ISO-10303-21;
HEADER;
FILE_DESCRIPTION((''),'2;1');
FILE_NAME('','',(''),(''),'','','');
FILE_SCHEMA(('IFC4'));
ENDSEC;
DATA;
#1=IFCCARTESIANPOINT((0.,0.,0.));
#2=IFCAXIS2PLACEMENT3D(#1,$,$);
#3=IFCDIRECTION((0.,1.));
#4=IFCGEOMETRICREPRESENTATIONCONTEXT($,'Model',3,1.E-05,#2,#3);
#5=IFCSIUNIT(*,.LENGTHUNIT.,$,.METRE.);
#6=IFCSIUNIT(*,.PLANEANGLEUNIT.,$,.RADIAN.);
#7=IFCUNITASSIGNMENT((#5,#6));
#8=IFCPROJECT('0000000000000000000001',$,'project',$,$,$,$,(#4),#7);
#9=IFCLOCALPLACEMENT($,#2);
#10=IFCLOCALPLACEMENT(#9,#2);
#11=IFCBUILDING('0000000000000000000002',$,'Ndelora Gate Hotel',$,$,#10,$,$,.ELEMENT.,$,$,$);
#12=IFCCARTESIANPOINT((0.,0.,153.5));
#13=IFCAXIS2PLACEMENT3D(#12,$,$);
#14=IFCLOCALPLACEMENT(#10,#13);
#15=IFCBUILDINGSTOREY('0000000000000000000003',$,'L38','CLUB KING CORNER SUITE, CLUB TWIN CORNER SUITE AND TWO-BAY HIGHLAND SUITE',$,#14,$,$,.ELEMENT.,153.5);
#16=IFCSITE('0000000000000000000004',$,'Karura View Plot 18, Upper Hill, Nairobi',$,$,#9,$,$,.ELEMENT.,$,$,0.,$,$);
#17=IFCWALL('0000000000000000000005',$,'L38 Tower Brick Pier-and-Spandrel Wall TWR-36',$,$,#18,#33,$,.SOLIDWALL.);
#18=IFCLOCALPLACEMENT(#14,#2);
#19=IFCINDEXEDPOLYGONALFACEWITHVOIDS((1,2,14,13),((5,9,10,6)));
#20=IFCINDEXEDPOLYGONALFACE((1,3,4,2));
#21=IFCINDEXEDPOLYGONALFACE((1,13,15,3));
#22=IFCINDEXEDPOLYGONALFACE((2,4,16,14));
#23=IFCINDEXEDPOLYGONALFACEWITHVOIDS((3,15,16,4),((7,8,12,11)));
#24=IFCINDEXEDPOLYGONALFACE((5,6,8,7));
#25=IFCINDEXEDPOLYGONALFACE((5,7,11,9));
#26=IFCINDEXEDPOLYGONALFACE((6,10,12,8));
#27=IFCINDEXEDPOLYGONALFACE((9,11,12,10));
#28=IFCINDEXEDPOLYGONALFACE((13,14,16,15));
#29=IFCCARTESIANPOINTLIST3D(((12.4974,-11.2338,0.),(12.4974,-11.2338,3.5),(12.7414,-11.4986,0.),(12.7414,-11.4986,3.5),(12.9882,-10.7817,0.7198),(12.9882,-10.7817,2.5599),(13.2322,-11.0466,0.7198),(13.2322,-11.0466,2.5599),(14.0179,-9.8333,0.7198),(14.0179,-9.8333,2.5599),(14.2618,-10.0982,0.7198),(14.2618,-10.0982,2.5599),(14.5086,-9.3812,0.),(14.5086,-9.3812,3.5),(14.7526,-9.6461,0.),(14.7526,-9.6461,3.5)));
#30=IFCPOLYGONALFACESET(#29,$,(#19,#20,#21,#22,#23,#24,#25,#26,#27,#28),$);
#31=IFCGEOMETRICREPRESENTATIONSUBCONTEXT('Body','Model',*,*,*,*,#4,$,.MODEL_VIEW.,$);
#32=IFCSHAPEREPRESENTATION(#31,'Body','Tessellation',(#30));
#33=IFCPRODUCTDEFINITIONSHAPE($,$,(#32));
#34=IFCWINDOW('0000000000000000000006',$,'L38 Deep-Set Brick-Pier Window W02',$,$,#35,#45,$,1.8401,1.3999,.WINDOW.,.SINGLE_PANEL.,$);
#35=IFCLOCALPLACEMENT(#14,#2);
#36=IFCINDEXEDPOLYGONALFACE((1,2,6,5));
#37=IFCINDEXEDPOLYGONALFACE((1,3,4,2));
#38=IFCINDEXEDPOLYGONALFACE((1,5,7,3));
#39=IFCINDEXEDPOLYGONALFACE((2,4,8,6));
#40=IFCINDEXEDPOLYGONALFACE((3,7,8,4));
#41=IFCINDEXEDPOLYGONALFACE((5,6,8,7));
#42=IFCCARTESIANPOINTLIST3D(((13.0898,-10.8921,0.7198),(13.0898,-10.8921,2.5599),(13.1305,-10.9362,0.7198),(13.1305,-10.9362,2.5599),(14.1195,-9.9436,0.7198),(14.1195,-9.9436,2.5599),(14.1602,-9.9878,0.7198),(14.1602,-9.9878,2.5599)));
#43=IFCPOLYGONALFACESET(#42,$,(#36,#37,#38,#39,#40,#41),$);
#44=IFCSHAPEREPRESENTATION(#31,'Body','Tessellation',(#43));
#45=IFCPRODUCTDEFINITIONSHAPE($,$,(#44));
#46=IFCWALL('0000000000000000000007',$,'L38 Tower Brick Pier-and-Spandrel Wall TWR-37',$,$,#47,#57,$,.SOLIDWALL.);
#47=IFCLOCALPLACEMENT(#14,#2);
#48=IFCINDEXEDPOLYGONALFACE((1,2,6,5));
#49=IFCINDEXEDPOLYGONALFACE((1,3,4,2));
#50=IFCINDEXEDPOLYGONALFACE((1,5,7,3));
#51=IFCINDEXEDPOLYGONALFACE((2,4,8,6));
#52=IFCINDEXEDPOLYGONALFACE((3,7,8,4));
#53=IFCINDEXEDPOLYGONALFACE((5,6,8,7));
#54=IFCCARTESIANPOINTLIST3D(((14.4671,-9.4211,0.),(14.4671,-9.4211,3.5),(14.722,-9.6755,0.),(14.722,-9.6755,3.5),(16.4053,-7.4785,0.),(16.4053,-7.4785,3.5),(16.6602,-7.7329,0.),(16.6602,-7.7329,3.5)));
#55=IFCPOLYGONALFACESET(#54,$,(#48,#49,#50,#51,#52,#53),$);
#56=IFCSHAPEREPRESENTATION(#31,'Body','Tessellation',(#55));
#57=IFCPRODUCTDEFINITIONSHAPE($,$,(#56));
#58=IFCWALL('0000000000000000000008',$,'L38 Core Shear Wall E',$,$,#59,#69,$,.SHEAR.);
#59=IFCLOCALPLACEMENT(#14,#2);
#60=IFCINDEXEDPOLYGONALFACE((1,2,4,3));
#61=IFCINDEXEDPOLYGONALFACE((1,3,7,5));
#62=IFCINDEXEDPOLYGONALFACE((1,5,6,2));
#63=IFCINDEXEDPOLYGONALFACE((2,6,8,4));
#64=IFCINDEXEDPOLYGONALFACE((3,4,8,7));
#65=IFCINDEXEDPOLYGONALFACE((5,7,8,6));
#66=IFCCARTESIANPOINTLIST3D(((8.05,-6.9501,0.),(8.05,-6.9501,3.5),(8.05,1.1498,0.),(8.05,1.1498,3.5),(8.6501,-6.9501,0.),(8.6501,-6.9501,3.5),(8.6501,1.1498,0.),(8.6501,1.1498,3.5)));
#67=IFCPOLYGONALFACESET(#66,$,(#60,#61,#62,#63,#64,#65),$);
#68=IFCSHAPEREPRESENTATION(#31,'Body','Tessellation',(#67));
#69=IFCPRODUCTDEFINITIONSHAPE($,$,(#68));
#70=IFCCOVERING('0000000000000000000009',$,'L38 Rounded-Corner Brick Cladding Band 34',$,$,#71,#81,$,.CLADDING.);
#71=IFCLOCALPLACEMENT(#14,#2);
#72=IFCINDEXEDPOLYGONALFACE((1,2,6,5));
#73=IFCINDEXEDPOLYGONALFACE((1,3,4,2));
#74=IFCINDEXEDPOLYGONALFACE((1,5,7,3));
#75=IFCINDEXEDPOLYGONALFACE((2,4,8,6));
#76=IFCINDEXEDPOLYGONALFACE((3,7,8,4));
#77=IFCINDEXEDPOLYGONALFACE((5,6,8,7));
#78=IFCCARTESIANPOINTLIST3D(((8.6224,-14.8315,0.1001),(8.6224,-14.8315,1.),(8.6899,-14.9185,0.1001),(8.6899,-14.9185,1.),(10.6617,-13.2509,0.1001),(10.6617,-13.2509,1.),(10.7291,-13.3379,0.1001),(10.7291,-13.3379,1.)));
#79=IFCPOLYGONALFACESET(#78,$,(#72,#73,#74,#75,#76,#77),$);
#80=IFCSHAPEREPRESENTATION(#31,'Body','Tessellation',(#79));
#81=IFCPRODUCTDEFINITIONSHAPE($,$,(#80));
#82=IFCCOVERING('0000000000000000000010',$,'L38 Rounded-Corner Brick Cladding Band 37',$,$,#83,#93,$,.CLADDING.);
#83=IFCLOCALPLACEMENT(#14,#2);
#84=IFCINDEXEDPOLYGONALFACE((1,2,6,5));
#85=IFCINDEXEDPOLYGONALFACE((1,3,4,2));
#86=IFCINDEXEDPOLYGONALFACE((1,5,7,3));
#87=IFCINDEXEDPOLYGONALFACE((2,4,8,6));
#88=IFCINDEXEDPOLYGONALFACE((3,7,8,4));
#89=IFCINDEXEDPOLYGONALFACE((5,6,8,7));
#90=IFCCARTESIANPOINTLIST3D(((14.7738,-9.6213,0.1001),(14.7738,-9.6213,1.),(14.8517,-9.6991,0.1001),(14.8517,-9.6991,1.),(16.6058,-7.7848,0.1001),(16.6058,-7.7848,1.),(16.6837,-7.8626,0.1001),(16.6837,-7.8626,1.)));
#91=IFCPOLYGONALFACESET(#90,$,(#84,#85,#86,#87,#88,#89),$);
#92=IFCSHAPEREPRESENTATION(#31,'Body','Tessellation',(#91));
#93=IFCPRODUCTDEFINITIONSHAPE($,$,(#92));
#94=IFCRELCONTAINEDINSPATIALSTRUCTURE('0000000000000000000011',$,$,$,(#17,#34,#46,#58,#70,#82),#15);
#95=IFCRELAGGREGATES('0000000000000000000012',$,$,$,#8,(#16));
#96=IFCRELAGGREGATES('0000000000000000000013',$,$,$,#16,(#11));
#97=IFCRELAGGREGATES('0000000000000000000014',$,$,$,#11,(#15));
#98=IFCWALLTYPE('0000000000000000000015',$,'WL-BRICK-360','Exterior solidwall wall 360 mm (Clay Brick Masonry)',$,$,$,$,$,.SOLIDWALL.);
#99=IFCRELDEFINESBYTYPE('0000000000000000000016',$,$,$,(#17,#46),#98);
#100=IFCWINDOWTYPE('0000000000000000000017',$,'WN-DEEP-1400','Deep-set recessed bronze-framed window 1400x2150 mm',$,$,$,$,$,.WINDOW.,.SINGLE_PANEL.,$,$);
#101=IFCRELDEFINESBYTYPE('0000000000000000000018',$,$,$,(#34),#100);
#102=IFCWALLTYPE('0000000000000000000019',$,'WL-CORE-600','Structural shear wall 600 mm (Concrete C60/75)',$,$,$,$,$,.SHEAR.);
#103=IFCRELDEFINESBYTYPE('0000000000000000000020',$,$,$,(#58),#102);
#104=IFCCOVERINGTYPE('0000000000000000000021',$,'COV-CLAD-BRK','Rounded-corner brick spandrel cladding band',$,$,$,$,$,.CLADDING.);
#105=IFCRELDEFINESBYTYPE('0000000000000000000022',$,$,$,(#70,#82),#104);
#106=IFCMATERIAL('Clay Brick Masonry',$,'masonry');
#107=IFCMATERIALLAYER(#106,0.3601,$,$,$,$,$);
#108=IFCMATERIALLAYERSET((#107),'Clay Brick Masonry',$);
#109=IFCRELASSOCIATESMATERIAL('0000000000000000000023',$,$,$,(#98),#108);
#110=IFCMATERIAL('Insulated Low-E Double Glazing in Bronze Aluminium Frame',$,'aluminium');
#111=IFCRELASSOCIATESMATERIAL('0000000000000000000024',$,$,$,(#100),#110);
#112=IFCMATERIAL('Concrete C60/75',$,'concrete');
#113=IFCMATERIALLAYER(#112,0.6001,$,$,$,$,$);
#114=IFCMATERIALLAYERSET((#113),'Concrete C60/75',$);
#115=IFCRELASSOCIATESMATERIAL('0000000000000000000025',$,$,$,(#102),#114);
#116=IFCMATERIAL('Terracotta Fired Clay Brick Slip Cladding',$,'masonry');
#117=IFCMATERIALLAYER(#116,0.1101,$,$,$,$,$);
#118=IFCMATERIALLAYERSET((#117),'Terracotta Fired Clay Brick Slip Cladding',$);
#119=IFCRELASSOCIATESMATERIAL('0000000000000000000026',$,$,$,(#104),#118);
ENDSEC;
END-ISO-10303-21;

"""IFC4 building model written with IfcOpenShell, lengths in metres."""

from ifc_helpers import new_model, si_unit, direction, frame, frame_2d, origin, origin_2d, place, context, subcontext, project, spatial, rectangle, extrude, material, layer, layer_set, type_object, element, fill, save


model = new_model("IFC4")

# Units and contexts
model_context = context("Model", 3, precision=1e-05, world=origin(), true_north=direction((0.0, 1.0)))
body_context = subcontext(model_context, "Body", "Model", "MODEL_VIEW")
ifc_project = project(units=[si_unit("LENGTHUNIT", "METRE"), si_unit("PLANEANGLEUNIT", "RADIAN")], contexts=[model_context])

# Site, building, storey
site_placement = place(None, origin())
site = spatial("IfcSite", under=ifc_project, at=site_placement, Name="Karura View Plot 18, Upper Hill, Nairobi", CompositionType="ELEMENT", RefElevation=0.0)
building_placement = place(site_placement, origin())
building = spatial("IfcBuilding", under=site, at=building_placement, Name="Ndelora Gate Hotel", CompositionType="ELEMENT")
storey_placement = place(building_placement, frame((0.0, 0.0, 153.5)))
storey = spatial("IfcBuildingStorey", under=building, at=storey_placement, Name="L38", Description="CLUB KING CORNER SUITE, CLUB TWIN CORNER SUITE AND TWO-BAY HIGHLAND SUITE", CompositionType="ELEMENT", Elevation=153.5)

# Shared definitions
ifc_material_1 = material(Name="Concrete C60/75", Category="concrete")

# Shared definitions
ifc_material_2 = material(Name="Clay Brick Masonry", Category="masonry")
ifc_layer_1 = layer(ifc_material_2, 0.3601)
ifc_layer_set_1 = layer_set([ifc_layer_1], Name="Clay Brick Masonry")
wall_type_1 = type_object("IfcWallType", Name="WL-BRICK-360", Description="Exterior solidwall wall 360 mm (Clay Brick Masonry)", PredefinedType="SOLIDWALL", material=ifc_layer_set_1)
ifc_material_3 = material(Name="Insulated Low-E Double Glazing in Bronze Aluminium Frame", Category="aluminium")
window_type = type_object("IfcWindowType", Name="WN-DEEP-1400", Description="Deep-set recessed bronze-framed window 1400x2150 mm", PartitioningType="SINGLE_PANEL", PredefinedType="WINDOW", material=ifc_material_3)

# Wall, opening, window
wall_1_placement = place(storey_placement, frame((14.6306, -9.5137, 0.0), z_axis=(0.0, 0.0, 1.0), x_axis=(-0.735529, -0.677494, 0.0)))
wall_1 = element("IfcWall", 1, at=wall_1_placement, inside=storey, type_object=wall_type_1, Name="L38 Tower Brick Pier-and-Spandrel Wall TWR-36", PredefinedType="SOLIDWALL", context=body_context, shape_type="SweptSolid", body=[
    extrude(rectangle(XDim=2.7344, YDim=0.3601, at=frame_2d((1.3672, 0.0))), origin(), (0.0, 0.0, 1.0), 3.5),
])
opening_1_placement = place(wall_1_placement, frame((0.6672, 0.0, 0.72)))
opening_1 = element("IfcOpeningElement", 2, at=opening_1_placement, cuts=wall_1, PredefinedType="OPENING", context=body_context, shape_type="SweptSolid", body=[
    extrude(rectangle(XDim=1.3999, YDim=1.8401, at=frame_2d((0.7, 0.9199))), frame((0.0, 0.1899, 0.0), z_axis=(0.0, -1.0, 0.0), x_axis=(1.0, 0.0, 0.0)), (0.0, 0.0, 1.0), 0.3801),
])
window_1_placement = place(opening_1_placement, origin())
window_1 = element("IfcWindow", 3, at=window_1_placement, inside=storey, type_object=window_type, Name="L38 Deep-Set Brick-Pier Window W02", OverallHeight=1.8401, OverallWidth=1.3999, PartitioningType="SINGLE_PANEL", PredefinedType="WINDOW", context=body_context, shape_type="SweptSolid", body=[
    extrude(rectangle(XDim=1.3999, YDim=1.8401, at=frame_2d((0.7, 0.9199))), frame((0.0, 0.03, 0.0), z_axis=(0.0, -1.0, 0.0), x_axis=(1.0, 0.0, 0.0)), (0.0, 0.0, 1.0), 0.0601),
])
fill(opening_1, window_1)

# Walls
wall_2_placement = place(storey_placement, frame((16.5327, -7.6057, 0.0), z_axis=(0.0, 0.0, 1.0), x_axis=(-0.706306, -0.707907, 0.0)))
element("IfcWall", 4, at=wall_2_placement, inside=storey, type_object=wall_type_1, Name="L38 Tower Brick Pier-and-Spandrel Wall TWR-37", PredefinedType="SOLIDWALL", context=body_context, shape_type="SweptSolid", body=[
    extrude(rectangle(XDim=2.7441, YDim=0.3601, at=frame_2d((1.3721, 0.0))), origin(), (0.0, 0.0, 1.0), 3.5),
])
ifc_layer_2 = layer(ifc_material_1, 0.6001)
ifc_layer_set_2 = layer_set([ifc_layer_2], Name="Concrete C60/75")
wall_type_2 = type_object("IfcWallType", Name="WL-CORE-600", Description="Structural shear wall 600 mm (Concrete C60/75)", PredefinedType="SHEAR", material=ifc_layer_set_2)
wall_3_placement = place(storey_placement, frame((8.3501, -6.95, 0.0), z_axis=(0.0, 0.0, 1.0), x_axis=(0.0, 1.0, 0.0)))
element("IfcWall", 5, at=wall_3_placement, inside=storey, type_object=wall_type_2, Name="L38 Core Shear Wall E", PredefinedType="SHEAR", context=body_context, shape_type="SweptSolid", body=[
    extrude(rectangle(XDim=8.0999, YDim=0.6001, at=frame_2d((4.0498, 0.0))), origin(), (0.0, 0.0, 1.0), 3.5),
])

# Coverings
ifc_material_4 = material(Name="Terracotta Fired Clay Brick Slip Cladding", Category="masonry")
ifc_layer_3 = layer(ifc_material_4, 0.1101)
ifc_layer_set_3 = layer_set([ifc_layer_3], Name="Terracotta Fired Clay Brick Slip Cladding")
covering_type = type_object("IfcCoveringType", Name="COV-CLAD-BRK", Description="Rounded-corner brick spandrel cladding band", PredefinedType="CLADDING", material=ifc_layer_set_3)
covering_1_placement = place(storey_placement, frame((9.6758, -14.0847, 0.1001), z_axis=(0.0, 0.0, 1.0), x_axis=(0.790369, 0.612631, 0.0)))
element("IfcCovering", 6, at=covering_1_placement, inside=storey, type_object=covering_type, Name="L38 Rounded-Corner Brick Cladding Band 34", PredefinedType="CLADDING", context=body_context, shape_type="SweptSolid", body=[
    extrude(rectangle(XDim=2.5801, YDim=0.1101, at=origin_2d()), origin(), (0.0, 0.0, 1.0), 0.8999),
])
covering_2_placement = place(storey_placement, frame((15.7288, -8.7419, 0.1001), z_axis=(0.0, 0.0, 1.0), x_axis=(0.706242, 0.70797, 0.0)))
element("IfcCovering", 7, at=covering_2_placement, inside=storey, type_object=covering_type, Name="L38 Rounded-Corner Brick Cladding Band 37", PredefinedType="CLADDING", context=body_context, shape_type="SweptSolid", body=[
    extrude(rectangle(XDim=2.594, YDim=0.1101, at=origin_2d()), origin(), (0.0, 0.0, 1.0), 0.8999),
])

save(model, "model.ifc")
